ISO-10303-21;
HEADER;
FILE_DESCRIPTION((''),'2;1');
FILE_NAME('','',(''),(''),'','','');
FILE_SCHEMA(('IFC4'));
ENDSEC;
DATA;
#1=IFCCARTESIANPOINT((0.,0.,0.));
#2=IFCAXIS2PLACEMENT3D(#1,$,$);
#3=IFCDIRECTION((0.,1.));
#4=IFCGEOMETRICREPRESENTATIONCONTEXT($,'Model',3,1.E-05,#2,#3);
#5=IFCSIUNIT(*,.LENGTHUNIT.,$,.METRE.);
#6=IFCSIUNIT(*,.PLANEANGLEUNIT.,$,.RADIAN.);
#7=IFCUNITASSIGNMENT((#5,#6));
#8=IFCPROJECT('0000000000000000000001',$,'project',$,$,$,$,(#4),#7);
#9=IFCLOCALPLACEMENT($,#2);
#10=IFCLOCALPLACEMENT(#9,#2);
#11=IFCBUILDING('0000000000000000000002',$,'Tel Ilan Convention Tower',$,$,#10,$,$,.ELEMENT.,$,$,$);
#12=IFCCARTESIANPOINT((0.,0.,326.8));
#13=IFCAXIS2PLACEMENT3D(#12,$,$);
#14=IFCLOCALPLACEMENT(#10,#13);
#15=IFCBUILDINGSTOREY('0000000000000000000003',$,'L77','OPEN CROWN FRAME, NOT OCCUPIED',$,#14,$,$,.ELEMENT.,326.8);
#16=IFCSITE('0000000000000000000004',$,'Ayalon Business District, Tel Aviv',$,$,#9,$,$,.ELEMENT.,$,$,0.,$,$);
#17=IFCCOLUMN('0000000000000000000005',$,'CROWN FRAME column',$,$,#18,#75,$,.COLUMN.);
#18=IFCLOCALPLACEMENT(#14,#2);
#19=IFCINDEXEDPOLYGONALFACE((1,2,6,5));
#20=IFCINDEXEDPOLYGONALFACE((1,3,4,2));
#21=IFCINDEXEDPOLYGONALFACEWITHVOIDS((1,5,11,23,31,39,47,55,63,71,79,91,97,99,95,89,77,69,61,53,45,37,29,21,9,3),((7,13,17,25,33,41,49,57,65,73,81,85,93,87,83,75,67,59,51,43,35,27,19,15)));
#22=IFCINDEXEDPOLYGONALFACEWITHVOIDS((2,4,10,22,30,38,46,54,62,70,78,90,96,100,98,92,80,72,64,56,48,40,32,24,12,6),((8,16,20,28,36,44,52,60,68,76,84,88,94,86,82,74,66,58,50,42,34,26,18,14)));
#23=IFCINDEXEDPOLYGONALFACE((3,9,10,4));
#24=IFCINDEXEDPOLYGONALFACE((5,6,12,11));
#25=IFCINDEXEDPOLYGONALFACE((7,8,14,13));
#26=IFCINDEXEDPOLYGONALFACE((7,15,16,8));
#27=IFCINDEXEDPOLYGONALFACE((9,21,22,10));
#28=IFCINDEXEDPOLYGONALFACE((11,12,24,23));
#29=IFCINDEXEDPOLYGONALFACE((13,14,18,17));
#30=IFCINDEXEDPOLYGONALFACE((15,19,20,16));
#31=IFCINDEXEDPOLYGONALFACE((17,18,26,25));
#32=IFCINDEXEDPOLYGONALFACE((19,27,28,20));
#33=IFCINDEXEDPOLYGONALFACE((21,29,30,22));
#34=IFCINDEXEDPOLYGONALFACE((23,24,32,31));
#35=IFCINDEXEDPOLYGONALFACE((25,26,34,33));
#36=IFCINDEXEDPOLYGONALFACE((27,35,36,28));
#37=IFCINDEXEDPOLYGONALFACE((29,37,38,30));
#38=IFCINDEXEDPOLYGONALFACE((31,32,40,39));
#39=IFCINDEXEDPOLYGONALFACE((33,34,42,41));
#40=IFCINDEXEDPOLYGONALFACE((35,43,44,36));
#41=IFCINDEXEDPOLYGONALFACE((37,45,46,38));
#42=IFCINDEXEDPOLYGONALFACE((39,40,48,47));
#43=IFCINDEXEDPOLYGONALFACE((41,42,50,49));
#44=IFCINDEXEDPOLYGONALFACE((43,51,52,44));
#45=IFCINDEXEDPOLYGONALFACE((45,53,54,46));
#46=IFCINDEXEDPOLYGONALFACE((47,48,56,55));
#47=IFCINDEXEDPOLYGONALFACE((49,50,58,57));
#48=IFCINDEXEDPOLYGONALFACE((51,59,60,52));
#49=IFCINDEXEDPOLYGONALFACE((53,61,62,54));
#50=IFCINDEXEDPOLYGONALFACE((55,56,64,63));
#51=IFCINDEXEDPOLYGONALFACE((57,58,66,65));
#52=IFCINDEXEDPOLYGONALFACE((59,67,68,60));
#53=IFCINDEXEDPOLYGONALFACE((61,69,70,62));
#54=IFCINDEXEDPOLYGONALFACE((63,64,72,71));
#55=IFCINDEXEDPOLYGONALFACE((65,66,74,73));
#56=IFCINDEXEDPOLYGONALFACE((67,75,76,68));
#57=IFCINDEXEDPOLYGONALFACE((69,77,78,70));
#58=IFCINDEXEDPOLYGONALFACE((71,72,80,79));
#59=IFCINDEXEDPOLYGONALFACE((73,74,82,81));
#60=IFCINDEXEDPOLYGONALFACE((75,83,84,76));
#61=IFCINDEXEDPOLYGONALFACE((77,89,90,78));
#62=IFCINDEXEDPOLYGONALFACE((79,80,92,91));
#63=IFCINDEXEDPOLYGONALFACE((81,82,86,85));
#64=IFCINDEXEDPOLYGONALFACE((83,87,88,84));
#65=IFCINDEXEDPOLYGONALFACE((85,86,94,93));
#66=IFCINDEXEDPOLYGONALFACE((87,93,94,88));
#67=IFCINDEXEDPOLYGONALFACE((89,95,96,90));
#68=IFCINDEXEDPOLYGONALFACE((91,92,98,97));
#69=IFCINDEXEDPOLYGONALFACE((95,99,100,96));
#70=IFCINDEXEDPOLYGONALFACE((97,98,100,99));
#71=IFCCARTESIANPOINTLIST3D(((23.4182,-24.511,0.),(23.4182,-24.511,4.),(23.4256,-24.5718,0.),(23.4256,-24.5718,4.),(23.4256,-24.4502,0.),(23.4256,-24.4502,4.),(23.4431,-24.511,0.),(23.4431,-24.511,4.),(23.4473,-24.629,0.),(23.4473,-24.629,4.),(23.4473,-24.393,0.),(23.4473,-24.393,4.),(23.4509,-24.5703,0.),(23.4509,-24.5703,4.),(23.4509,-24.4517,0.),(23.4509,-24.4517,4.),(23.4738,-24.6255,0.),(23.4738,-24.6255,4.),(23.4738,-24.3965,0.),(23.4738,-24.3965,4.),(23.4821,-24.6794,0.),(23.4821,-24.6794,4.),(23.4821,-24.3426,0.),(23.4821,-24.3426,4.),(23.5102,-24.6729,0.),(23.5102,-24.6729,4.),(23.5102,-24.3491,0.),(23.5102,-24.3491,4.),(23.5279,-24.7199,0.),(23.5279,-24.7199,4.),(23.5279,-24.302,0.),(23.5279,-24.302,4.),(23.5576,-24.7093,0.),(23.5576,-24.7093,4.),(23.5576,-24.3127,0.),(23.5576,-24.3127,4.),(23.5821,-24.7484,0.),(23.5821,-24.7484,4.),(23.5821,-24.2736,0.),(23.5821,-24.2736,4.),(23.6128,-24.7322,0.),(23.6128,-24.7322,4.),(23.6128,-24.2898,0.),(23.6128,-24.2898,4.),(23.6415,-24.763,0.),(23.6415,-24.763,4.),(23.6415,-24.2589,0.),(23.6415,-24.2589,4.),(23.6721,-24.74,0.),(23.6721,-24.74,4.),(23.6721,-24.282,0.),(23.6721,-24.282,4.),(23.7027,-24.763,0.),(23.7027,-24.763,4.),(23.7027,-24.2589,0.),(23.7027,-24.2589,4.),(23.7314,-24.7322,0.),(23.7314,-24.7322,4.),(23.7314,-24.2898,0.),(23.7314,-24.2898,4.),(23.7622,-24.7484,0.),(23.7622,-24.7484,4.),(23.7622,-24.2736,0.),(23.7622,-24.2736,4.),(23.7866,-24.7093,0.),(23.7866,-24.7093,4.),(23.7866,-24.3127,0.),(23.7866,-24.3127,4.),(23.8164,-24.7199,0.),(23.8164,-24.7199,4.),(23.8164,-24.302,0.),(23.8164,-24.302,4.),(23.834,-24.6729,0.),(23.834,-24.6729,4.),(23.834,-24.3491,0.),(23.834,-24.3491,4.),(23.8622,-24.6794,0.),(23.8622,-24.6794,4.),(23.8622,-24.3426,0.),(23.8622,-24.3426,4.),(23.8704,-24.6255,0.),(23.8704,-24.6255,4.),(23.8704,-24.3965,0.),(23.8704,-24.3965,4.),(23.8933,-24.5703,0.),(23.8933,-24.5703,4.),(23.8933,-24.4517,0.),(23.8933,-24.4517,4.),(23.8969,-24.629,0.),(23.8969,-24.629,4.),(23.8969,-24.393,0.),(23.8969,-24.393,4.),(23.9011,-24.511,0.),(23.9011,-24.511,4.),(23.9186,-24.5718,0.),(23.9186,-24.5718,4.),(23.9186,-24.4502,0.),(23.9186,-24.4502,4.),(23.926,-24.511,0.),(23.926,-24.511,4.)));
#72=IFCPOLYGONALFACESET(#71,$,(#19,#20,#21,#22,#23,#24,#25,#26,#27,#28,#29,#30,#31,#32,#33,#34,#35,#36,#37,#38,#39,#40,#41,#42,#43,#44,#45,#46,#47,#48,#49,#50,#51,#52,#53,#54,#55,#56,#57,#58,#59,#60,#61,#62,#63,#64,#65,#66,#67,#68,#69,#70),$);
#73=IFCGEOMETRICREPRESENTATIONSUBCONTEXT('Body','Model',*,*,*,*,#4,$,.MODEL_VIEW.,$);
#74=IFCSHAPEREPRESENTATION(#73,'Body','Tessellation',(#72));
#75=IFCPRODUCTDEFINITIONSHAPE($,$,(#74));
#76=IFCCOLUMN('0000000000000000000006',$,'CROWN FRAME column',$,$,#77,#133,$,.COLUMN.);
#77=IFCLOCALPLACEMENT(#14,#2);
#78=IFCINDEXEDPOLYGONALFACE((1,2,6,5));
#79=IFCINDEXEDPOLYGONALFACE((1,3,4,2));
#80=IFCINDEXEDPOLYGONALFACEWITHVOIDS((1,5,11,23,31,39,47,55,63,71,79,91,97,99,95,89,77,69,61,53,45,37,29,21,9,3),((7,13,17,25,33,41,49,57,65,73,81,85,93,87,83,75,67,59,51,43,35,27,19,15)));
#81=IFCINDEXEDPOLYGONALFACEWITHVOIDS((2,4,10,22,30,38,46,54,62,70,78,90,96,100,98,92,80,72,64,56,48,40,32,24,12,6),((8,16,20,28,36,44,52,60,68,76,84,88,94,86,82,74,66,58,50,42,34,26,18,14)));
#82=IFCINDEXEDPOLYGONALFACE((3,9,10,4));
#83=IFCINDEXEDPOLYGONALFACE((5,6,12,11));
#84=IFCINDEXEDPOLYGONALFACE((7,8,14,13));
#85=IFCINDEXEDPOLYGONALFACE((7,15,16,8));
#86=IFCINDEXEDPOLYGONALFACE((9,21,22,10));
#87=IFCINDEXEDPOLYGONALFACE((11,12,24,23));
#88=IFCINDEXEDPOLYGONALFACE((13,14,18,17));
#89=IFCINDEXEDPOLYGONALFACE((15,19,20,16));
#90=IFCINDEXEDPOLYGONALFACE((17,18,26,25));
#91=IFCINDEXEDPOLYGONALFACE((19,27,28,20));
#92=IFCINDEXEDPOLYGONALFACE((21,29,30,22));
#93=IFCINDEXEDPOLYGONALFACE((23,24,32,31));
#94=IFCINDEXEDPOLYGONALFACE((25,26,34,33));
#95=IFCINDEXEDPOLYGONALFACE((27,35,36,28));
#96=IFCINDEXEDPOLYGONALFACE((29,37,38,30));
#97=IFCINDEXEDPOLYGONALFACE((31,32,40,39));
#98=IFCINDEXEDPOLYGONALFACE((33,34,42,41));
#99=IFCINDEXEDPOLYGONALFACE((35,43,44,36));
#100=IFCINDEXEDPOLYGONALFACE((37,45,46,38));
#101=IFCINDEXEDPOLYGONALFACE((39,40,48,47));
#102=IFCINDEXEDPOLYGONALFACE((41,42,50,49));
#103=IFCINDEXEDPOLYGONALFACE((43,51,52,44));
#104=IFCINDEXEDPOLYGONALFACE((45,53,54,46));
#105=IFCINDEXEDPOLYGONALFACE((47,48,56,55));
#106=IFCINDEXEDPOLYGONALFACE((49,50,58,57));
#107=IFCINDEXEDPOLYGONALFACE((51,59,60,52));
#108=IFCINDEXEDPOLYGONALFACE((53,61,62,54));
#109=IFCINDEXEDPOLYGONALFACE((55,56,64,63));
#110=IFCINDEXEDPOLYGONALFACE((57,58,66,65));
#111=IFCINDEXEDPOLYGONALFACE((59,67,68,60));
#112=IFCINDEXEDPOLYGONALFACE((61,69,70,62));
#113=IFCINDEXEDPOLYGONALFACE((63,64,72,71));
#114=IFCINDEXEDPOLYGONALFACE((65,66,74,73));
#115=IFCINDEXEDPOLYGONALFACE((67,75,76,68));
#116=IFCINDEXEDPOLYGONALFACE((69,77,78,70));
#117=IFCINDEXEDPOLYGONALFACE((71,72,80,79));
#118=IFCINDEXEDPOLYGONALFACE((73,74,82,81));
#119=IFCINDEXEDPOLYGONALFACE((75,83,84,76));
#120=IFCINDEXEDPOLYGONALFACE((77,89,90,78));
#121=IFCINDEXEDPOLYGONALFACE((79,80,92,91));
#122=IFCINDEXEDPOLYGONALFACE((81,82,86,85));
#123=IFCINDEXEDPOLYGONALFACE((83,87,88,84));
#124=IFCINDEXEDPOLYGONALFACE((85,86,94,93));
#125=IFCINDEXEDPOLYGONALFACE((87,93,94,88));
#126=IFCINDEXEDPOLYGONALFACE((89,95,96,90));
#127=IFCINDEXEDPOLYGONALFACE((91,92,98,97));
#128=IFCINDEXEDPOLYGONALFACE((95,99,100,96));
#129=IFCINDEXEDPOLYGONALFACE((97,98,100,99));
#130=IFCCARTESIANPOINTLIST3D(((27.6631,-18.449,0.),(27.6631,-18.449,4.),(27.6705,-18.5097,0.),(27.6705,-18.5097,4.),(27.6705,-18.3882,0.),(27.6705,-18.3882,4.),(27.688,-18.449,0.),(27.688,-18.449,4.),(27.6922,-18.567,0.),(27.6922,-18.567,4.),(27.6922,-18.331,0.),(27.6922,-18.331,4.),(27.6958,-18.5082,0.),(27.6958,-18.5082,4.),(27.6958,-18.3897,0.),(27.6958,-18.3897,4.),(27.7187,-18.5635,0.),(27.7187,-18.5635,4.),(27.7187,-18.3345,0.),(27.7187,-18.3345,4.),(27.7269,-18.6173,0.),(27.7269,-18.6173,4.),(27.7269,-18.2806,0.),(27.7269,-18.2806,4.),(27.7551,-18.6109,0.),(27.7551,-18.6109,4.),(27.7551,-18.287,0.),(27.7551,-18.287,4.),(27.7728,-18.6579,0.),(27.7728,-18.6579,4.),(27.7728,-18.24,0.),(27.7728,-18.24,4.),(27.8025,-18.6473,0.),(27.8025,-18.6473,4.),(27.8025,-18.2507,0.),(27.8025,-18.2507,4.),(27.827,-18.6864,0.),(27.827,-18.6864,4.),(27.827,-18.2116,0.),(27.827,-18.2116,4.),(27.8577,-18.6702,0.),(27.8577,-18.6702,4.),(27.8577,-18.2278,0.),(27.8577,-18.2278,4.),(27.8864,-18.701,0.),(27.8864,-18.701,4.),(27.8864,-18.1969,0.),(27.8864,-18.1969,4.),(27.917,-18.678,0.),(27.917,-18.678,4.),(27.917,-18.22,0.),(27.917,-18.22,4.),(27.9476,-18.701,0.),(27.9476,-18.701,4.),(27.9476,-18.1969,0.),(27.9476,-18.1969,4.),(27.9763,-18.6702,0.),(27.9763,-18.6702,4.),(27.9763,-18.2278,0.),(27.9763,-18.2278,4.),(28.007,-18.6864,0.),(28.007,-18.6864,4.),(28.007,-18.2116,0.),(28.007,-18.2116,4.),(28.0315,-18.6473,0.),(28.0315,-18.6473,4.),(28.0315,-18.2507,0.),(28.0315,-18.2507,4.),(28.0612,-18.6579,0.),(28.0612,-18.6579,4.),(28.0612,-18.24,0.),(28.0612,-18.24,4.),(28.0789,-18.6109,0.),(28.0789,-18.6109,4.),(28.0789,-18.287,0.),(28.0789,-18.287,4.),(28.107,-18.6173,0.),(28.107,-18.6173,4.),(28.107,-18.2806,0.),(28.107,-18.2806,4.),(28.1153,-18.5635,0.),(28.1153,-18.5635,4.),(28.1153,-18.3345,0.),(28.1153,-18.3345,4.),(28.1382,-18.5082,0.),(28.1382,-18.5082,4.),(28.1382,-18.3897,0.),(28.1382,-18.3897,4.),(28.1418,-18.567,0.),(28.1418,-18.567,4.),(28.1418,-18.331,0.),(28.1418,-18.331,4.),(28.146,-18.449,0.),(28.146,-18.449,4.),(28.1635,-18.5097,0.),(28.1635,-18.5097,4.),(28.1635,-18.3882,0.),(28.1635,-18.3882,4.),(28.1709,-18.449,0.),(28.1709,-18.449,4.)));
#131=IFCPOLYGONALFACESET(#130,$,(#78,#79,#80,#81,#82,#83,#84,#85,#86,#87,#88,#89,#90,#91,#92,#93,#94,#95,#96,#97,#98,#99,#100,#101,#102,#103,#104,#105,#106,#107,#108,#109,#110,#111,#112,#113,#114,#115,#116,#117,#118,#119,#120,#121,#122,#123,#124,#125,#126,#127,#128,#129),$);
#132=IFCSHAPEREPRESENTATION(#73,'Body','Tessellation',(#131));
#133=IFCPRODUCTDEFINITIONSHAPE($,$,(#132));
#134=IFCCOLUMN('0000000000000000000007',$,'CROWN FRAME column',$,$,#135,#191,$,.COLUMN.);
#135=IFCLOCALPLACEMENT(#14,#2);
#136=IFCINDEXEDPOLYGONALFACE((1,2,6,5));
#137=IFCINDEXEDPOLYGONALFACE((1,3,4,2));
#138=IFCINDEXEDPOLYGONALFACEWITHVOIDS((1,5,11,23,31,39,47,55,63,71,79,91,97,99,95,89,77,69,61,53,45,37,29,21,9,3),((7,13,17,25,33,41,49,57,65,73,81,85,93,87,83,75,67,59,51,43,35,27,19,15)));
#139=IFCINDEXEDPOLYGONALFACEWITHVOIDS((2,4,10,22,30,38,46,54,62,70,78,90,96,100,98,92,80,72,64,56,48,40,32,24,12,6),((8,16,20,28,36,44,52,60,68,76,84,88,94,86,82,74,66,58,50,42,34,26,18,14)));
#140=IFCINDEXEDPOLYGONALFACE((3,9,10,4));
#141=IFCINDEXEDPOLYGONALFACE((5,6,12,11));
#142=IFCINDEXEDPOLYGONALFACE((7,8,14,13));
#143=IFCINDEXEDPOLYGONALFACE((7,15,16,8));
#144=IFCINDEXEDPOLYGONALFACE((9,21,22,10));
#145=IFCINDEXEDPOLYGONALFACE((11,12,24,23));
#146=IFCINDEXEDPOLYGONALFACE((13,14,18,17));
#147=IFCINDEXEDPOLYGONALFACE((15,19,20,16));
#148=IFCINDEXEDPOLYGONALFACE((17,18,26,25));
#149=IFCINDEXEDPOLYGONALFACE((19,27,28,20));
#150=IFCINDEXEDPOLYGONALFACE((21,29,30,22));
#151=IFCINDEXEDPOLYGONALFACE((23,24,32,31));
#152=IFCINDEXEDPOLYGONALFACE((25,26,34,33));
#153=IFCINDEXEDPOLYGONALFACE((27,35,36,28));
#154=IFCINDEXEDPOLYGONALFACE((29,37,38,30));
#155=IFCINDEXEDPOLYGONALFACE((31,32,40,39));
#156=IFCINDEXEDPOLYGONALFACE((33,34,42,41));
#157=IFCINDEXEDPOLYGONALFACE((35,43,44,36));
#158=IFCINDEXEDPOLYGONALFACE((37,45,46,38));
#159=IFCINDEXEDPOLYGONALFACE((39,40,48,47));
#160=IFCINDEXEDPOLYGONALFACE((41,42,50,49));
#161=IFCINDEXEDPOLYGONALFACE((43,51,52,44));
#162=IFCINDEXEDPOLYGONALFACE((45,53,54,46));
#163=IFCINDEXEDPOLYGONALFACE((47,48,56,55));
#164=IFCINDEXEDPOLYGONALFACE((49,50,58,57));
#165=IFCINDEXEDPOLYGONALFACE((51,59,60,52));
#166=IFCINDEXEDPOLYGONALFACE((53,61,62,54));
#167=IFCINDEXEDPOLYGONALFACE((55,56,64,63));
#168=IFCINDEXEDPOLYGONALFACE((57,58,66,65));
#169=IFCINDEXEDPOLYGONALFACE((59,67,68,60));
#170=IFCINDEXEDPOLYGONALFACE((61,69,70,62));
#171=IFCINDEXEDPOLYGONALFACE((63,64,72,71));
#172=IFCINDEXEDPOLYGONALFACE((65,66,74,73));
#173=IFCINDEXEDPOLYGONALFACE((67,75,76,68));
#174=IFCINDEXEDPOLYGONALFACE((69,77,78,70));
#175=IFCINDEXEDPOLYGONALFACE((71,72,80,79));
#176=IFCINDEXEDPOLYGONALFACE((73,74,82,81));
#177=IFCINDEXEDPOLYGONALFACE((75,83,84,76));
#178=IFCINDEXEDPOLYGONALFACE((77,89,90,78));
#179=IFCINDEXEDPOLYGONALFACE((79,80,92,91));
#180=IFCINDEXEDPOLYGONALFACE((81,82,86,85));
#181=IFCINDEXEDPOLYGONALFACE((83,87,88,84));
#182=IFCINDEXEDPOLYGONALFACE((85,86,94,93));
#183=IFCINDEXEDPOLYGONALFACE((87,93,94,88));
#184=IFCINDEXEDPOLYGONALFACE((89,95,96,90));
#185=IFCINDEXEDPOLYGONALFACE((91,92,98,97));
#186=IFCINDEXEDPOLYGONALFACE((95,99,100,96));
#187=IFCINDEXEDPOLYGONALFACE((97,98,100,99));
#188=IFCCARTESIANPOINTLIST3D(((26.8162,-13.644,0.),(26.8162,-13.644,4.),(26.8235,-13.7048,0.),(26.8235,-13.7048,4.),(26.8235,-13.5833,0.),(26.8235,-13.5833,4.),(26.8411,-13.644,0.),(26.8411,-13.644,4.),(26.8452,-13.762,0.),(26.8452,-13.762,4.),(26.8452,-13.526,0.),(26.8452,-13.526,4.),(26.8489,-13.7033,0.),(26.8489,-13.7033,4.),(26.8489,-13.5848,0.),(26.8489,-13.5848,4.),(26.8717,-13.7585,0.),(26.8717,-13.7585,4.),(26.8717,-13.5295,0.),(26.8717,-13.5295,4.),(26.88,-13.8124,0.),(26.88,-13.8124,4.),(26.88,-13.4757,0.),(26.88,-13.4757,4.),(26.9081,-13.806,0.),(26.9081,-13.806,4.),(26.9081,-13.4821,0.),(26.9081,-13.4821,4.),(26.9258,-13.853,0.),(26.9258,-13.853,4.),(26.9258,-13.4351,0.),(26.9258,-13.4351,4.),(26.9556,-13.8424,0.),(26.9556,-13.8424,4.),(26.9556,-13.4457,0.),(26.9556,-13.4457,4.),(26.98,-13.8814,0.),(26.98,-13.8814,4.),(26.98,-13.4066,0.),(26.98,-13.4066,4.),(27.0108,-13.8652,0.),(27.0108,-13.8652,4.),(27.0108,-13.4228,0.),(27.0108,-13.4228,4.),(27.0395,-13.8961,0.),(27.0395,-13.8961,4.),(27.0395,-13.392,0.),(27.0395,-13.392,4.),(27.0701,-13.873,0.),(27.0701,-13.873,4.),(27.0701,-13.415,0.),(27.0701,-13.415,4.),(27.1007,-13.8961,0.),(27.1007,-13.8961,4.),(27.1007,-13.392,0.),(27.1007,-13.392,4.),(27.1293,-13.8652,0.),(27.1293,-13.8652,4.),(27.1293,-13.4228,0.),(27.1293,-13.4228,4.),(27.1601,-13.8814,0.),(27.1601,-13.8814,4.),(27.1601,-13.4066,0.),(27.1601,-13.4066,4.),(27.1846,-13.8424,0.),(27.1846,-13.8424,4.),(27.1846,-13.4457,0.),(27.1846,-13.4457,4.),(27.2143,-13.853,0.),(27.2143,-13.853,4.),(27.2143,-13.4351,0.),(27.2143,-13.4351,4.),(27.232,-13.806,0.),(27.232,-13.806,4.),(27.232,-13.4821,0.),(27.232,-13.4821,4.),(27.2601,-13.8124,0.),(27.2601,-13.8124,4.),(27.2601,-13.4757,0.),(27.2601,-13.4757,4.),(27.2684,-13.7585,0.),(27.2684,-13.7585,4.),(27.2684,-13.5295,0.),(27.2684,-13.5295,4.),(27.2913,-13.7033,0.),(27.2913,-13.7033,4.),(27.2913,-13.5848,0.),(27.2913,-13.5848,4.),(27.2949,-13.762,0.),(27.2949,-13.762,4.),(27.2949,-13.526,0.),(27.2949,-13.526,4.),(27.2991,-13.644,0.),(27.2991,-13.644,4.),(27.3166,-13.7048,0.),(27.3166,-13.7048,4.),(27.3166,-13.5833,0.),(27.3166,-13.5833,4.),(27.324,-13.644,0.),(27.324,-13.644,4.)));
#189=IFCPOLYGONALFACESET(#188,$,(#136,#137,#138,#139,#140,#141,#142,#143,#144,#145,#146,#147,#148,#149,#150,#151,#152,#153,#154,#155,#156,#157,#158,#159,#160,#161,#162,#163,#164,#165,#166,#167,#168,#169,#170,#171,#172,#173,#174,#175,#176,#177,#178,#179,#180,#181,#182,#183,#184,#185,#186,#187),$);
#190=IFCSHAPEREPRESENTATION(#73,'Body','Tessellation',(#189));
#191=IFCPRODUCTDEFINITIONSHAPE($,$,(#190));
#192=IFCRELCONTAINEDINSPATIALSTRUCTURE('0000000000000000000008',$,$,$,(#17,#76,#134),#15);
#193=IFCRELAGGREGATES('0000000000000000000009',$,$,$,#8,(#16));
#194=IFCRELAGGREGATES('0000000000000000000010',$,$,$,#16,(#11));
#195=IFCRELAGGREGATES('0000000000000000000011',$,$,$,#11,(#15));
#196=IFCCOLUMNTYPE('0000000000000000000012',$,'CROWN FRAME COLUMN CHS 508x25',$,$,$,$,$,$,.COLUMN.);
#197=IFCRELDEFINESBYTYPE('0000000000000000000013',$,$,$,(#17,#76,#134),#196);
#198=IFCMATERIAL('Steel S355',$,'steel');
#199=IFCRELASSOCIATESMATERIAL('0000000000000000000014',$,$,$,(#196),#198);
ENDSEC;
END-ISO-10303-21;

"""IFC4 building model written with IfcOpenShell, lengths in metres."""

from ifc_helpers import new_model, si_unit, direction, frame, origin, origin_2d, place, context, subcontext, project, spatial, hollow_circle, extrude, material, material_profile, profile_set, type_object, element, save


model = new_model("IFC4")

# Units and contexts
model_context = context("Model", 3, precision=1e-05, world=origin(), true_north=direction((0.0, 1.0)))
body_context = subcontext(model_context, "Body", "Model", "MODEL_VIEW")
ifc_project = project(units=[si_unit("LENGTHUNIT", "METRE"), si_unit("PLANEANGLEUNIT", "RADIAN")], contexts=[model_context])

# Site, building, storey
site_placement = place(None, origin())
site = spatial("IfcSite", under=ifc_project, at=site_placement, Name="Ayalon Business District, Tel Aviv", CompositionType="ELEMENT", RefElevation=0.0)
building_placement = place(site_placement, origin())
building = spatial("IfcBuilding", under=site, at=building_placement, Name="Tel Ilan Convention Tower", CompositionType="ELEMENT")
storey_placement = place(building_placement, frame((0.0, 0.0, 326.8)))
storey = spatial("IfcBuildingStorey", under=building, at=storey_placement, Name="L77", Description="OPEN CROWN FRAME, NOT OCCUPIED", CompositionType="ELEMENT", Elevation=326.8)

# Columns
ifc_material_1 = material(Name="Steel S355", Category="steel")
ifc_material_profile_1 = material_profile(ifc_material_1, hollow_circle(Radius=0.2539, WallThickness=0.0249, at=origin_2d()), Name="CHS 508x25")
ifc_profile_set_1 = profile_set([ifc_material_profile_1], Name="Steel S355")
column_type = type_object("IfcColumnType", Name="CROWN FRAME COLUMN CHS 508x25", PredefinedType="COLUMN", material=ifc_profile_set_1)
for number, where, z_axis, x_axis, name in (
    (1, (23.6721, -24.511, 0.0), (0.0, 0.0, 1.0), (1.0, 0.0, 0.0), "CROWN FRAME column"),
    (2, (27.917, -18.449, 0.0), (0.0, 0.0, 1.0), (1.0, 0.0, 0.0), "CROWN FRAME column"),
    (3, (27.0701, -13.644, 0.0), (0.0, 0.0, 1.0), (1.0, 0.0, 0.0), "CROWN FRAME column"),
):
    element("IfcColumn", number, at=place(storey_placement, frame(where, z_axis=z_axis, x_axis=x_axis)), inside=storey, type_object=column_type, Name=name, PredefinedType="COLUMN", context=body_context, shape_type="SweptSolid", body=[
        extrude(hollow_circle(Radius=0.2539, WallThickness=0.0249, at=origin_2d()), origin(), (0.0, 0.0, 1.0), 4.0),
    ])

save(model, "model.ifc")
